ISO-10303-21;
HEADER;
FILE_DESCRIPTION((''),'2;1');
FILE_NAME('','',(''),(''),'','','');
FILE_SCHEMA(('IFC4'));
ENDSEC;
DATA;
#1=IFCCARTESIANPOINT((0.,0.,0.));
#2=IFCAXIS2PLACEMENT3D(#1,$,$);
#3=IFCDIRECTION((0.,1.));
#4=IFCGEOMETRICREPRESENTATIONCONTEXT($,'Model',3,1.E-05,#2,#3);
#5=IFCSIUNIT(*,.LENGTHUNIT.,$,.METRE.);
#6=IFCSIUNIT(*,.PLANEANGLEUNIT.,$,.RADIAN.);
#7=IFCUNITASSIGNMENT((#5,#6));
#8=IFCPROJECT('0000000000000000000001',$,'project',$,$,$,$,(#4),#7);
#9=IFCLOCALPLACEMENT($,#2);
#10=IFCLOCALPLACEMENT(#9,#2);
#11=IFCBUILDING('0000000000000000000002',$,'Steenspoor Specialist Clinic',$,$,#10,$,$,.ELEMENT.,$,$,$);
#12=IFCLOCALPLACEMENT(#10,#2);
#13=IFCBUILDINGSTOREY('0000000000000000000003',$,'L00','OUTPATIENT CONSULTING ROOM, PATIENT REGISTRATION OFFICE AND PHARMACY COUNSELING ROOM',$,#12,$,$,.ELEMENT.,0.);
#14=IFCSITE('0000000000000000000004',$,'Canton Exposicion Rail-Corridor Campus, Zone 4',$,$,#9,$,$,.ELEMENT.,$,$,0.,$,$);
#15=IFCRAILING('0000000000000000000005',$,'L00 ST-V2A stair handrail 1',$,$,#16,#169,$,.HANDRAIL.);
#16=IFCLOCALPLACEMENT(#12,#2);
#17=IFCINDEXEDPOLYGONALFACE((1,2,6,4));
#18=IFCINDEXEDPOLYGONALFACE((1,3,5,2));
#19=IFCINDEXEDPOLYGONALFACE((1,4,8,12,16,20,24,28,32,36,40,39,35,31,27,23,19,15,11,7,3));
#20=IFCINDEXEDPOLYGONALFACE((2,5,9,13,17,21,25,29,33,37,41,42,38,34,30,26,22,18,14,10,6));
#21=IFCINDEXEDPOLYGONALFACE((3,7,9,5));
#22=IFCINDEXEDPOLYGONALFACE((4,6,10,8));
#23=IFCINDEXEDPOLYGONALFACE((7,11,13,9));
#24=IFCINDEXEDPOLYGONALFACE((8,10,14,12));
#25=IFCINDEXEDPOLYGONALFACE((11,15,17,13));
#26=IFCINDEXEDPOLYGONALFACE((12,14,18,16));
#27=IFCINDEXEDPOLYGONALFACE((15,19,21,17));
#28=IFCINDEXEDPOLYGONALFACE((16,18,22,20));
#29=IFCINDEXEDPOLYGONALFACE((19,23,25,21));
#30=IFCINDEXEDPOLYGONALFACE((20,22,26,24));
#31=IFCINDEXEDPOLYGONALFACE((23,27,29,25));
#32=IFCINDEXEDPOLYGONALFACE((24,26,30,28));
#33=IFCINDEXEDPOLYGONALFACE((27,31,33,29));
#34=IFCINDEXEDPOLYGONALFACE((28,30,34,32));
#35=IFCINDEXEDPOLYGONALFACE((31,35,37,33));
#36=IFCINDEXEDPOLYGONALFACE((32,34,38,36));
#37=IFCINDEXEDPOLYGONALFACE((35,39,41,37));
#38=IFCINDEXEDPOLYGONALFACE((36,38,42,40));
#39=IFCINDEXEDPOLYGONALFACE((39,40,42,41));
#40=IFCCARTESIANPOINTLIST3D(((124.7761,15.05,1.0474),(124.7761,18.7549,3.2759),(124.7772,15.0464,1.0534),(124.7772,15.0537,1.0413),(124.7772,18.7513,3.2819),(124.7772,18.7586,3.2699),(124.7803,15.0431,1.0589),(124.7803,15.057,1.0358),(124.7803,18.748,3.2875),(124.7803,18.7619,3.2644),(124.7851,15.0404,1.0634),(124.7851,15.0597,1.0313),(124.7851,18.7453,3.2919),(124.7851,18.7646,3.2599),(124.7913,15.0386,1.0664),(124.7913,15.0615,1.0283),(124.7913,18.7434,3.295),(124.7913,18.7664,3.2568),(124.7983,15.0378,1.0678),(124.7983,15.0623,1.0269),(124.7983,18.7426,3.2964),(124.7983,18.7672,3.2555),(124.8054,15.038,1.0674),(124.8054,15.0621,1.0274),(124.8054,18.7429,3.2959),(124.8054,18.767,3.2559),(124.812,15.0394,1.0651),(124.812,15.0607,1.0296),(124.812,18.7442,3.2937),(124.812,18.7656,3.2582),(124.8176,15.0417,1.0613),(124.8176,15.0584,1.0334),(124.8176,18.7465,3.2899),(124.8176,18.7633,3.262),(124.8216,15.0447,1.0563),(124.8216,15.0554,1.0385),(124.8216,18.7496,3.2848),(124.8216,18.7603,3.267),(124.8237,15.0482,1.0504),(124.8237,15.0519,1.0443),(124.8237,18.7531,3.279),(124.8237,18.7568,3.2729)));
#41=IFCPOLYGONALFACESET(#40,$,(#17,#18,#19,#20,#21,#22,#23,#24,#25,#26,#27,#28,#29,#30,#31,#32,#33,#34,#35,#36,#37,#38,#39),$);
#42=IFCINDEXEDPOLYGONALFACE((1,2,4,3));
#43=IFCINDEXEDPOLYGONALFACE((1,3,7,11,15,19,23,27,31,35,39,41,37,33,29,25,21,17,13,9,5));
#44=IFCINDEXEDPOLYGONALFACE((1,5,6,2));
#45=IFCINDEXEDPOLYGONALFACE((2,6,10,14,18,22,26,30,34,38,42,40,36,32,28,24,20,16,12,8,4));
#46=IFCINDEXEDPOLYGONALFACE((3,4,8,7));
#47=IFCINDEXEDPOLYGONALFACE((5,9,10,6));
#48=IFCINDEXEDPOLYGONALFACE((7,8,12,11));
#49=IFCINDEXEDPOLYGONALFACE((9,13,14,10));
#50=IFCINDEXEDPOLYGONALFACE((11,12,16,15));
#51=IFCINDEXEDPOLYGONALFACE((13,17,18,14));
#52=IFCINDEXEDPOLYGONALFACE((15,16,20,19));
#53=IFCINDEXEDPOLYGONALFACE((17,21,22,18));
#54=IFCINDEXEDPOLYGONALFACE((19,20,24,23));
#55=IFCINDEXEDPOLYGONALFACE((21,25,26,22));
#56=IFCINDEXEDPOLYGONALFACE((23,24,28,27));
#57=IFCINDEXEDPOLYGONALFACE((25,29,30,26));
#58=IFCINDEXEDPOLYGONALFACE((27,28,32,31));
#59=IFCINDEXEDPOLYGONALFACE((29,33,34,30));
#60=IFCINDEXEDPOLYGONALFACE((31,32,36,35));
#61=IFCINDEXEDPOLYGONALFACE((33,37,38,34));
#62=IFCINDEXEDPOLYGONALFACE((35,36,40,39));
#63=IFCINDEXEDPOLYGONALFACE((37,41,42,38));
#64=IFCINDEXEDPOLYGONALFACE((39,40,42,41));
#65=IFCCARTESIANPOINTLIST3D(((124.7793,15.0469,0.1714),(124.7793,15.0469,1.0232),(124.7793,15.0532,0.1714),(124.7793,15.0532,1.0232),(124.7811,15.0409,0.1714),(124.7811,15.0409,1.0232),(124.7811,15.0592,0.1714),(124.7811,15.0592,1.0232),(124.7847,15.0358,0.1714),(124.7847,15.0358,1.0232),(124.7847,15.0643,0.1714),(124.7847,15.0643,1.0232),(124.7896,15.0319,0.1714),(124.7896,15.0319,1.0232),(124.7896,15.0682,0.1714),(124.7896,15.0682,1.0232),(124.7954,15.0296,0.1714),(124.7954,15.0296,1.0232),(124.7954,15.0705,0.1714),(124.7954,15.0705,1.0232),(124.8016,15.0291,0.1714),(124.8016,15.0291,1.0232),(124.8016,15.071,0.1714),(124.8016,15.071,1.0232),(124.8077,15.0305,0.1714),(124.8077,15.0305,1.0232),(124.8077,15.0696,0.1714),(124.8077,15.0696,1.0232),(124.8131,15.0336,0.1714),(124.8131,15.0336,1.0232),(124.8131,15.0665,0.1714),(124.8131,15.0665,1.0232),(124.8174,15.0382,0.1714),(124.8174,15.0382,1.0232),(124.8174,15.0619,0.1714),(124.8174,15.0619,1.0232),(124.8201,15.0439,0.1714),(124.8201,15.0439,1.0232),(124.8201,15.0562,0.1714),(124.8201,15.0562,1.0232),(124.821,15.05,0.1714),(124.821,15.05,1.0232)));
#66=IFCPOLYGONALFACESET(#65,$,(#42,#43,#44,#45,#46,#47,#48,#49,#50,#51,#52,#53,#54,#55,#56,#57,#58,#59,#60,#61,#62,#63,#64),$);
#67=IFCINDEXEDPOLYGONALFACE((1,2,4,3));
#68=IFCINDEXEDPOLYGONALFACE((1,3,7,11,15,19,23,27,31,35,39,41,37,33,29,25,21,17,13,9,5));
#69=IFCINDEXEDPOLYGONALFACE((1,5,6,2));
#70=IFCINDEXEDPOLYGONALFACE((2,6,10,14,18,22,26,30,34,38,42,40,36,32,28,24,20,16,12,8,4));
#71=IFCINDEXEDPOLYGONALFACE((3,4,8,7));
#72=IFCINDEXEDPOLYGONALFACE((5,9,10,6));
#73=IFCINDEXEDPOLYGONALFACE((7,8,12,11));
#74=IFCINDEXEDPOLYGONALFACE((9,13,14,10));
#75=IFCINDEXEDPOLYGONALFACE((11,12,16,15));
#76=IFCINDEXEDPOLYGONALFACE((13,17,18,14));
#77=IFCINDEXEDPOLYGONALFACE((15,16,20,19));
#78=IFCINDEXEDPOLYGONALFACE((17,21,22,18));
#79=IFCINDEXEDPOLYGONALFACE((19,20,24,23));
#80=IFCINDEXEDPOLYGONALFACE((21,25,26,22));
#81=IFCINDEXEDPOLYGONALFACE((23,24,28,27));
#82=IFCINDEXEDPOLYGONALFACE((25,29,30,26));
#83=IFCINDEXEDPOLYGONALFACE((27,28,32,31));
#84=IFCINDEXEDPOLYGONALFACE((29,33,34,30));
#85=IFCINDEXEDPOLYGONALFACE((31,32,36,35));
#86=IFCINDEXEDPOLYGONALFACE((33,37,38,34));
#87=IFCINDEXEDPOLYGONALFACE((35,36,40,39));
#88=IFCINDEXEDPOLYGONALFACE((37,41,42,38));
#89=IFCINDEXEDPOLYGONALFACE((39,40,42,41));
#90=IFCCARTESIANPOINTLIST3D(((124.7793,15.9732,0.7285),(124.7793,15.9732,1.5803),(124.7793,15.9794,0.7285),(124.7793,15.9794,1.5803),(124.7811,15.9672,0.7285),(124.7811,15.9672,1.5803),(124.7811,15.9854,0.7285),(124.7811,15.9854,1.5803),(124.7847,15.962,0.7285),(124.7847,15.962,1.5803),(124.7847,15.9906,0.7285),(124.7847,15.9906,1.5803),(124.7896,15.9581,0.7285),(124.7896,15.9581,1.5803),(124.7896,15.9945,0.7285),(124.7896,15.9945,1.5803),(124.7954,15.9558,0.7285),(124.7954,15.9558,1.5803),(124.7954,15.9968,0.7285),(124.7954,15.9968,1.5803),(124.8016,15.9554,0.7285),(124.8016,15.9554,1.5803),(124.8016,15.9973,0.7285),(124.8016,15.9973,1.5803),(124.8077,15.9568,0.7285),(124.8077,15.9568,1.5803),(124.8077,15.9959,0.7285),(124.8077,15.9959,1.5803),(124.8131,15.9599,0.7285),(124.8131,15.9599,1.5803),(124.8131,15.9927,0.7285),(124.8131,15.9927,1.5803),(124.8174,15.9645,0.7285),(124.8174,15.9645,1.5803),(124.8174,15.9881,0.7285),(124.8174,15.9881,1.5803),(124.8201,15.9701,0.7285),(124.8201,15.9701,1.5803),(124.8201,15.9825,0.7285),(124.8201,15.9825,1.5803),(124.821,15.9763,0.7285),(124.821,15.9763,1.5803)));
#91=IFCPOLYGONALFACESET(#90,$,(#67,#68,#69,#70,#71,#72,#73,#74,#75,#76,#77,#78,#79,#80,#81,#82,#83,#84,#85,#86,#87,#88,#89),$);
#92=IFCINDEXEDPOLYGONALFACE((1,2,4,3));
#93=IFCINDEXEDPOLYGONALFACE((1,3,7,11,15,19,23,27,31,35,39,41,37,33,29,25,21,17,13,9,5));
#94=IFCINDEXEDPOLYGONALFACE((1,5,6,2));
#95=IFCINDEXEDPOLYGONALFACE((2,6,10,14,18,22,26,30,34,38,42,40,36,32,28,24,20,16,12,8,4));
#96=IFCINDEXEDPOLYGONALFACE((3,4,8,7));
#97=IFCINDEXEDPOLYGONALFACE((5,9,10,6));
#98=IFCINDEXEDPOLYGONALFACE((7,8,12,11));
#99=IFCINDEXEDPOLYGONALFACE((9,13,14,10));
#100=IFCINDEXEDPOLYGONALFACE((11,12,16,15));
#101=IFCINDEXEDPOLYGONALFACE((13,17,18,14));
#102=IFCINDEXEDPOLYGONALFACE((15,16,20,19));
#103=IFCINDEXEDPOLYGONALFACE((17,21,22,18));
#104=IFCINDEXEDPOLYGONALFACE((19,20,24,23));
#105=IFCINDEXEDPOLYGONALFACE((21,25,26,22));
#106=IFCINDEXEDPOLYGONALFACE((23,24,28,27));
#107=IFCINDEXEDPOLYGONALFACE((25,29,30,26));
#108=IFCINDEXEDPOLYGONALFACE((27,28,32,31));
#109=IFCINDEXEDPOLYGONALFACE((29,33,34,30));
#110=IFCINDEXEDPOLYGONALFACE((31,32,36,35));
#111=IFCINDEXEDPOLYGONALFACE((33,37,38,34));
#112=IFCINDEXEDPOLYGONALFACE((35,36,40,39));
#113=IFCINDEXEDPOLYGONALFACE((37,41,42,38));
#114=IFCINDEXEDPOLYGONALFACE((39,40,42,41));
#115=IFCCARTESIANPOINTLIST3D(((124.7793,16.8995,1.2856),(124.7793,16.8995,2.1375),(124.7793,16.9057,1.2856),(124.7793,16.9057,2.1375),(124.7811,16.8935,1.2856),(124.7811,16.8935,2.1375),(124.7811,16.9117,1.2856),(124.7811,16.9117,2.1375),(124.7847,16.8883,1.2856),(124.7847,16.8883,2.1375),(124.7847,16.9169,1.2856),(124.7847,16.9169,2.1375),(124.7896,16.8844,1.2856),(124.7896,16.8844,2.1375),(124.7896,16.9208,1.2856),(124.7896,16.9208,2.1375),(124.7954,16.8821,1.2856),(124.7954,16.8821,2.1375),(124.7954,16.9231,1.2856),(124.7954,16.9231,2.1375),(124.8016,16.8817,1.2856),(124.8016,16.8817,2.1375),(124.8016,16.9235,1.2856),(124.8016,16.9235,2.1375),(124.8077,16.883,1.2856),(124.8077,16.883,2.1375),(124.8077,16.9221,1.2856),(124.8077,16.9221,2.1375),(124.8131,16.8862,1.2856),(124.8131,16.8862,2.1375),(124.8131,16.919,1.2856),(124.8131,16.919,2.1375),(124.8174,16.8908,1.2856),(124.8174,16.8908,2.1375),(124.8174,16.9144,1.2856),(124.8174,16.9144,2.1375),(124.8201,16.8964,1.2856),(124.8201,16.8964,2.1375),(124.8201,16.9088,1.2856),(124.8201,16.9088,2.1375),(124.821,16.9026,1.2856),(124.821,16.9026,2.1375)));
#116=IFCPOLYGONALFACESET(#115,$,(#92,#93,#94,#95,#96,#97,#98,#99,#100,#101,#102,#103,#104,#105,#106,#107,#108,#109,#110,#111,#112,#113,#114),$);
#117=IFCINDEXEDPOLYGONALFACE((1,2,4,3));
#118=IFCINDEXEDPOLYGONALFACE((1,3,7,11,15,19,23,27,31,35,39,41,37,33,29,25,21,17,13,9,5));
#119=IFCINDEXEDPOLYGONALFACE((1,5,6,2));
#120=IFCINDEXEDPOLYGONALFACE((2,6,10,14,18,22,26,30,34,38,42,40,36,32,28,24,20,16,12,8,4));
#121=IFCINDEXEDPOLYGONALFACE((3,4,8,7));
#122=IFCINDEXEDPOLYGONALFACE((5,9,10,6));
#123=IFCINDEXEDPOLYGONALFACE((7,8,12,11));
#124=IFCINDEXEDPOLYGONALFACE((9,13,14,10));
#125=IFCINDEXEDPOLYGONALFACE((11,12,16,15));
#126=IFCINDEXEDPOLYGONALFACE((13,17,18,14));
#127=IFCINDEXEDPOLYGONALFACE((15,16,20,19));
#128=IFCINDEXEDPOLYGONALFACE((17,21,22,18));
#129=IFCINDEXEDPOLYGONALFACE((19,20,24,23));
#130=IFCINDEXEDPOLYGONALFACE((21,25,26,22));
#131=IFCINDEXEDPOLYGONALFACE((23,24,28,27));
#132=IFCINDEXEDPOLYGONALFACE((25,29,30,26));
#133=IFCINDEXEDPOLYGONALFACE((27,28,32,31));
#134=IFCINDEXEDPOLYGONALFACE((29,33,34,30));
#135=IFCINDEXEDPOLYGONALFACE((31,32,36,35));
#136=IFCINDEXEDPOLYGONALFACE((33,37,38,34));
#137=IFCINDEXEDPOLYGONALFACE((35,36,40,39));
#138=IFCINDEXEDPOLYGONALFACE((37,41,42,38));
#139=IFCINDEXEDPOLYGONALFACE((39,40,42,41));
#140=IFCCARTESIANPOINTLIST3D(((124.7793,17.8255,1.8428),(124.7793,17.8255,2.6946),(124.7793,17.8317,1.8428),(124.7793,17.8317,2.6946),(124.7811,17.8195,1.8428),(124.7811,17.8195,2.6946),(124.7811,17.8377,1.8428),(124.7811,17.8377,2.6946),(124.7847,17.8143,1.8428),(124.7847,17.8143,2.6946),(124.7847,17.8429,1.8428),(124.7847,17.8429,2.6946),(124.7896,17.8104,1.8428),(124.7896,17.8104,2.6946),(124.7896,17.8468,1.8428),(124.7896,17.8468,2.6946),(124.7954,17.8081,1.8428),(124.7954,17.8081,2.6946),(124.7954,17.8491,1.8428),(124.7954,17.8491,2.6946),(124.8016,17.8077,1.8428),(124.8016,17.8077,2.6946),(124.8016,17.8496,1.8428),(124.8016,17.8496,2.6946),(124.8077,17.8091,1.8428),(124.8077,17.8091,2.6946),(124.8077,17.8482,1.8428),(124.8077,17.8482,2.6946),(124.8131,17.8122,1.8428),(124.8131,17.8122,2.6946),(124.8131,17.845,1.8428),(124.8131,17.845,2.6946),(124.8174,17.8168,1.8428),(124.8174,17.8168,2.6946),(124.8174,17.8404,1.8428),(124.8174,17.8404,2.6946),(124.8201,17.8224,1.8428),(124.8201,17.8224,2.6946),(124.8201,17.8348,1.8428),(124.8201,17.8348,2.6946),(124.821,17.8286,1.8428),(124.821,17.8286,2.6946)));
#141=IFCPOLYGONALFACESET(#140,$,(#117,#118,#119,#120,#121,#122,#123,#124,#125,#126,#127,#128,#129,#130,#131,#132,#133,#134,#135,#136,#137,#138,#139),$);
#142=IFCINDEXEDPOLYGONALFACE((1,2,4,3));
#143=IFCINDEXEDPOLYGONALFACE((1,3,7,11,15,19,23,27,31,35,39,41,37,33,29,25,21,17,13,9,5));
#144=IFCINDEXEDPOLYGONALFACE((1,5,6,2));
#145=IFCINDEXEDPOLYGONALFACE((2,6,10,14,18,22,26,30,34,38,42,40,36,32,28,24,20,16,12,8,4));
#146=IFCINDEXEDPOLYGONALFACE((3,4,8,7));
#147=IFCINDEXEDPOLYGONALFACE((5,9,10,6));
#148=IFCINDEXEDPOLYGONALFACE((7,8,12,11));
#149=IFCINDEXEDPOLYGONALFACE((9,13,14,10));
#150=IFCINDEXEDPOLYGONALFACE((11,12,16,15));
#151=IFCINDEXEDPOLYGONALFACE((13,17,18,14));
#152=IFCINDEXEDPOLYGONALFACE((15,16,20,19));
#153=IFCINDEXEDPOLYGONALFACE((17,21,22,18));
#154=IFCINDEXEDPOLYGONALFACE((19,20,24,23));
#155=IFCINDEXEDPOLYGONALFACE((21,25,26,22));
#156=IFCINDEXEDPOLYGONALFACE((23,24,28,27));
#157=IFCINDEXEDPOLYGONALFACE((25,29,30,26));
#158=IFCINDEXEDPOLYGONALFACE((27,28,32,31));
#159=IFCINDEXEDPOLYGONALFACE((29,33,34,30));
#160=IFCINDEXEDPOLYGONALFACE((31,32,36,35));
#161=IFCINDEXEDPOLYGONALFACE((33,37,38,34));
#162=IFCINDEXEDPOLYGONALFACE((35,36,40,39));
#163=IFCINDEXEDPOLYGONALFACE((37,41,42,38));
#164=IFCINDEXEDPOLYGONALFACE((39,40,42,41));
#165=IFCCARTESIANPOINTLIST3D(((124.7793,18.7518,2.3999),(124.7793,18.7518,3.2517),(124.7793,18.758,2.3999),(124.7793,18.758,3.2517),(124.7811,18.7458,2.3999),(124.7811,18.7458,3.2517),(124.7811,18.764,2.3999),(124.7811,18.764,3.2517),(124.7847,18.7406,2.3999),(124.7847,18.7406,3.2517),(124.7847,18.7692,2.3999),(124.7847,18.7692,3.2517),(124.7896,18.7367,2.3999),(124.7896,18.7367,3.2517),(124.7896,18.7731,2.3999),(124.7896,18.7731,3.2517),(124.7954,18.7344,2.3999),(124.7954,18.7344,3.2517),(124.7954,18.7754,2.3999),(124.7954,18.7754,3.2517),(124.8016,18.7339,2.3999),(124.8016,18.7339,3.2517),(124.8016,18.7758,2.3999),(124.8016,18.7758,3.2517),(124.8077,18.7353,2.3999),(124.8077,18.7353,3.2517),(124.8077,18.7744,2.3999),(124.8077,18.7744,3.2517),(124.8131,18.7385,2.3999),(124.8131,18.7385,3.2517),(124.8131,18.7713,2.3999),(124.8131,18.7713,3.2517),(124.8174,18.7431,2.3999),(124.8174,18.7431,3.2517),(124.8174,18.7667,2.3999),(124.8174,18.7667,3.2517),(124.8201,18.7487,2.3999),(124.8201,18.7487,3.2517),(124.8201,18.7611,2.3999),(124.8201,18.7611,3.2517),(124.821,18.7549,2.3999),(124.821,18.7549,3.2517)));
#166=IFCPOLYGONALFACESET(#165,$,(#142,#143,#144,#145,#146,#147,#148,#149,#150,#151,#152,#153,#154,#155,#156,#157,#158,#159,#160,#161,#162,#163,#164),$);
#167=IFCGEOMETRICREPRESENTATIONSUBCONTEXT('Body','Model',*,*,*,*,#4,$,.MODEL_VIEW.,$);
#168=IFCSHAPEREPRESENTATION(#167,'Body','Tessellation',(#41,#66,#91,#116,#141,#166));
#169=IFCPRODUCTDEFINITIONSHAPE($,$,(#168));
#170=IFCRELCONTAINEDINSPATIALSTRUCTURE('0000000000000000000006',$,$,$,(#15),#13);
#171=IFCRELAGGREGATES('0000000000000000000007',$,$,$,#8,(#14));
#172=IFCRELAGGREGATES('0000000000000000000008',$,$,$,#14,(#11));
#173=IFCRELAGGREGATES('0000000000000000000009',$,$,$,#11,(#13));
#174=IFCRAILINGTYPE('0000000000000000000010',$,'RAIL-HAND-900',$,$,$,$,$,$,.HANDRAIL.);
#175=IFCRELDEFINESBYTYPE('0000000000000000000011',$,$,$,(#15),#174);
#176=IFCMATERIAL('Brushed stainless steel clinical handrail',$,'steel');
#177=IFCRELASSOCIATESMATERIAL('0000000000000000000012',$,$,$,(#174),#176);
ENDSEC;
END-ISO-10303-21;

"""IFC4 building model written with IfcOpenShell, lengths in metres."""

from ifc_helpers import new_model, si_unit, direction, frame, origin, origin_2d, place, context, subcontext, project, spatial, circle, extrude, material, type_object, element, save


model = new_model("IFC4")

# Units and contexts
model_context = context("Model", 3, precision=1e-05, world=origin(), true_north=direction((0.0, 1.0)))
body_context = subcontext(model_context, "Body", "Model", "MODEL_VIEW")
ifc_project = project(units=[si_unit("LENGTHUNIT", "METRE"), si_unit("PLANEANGLEUNIT", "RADIAN")], contexts=[model_context])

# Site, building, storey
site_placement = place(None, origin())
site = spatial("IfcSite", under=ifc_project, at=site_placement, Name="Canton Exposicion Rail-Corridor Campus, Zone 4", CompositionType="ELEMENT", RefElevation=0.0)
building_placement = place(site_placement, origin())
building = spatial("IfcBuilding", under=site, at=building_placement, Name="Steenspoor Specialist Clinic", CompositionType="ELEMENT")
storey_placement = place(building_placement, origin())
storey = spatial("IfcBuildingStorey", under=building, at=storey_placement, Name="L00", Description="OUTPATIENT CONSULTING ROOM, PATIENT REGISTRATION OFFICE AND PHARMACY COUNSELING ROOM", CompositionType="ELEMENT", Elevation=0.0)

# Railing
ifc_material_1 = material(Name="Brushed stainless steel clinical handrail", Category="steel")
railing_type_1 = type_object("IfcRailingType", Name="RAIL-HAND-900", PredefinedType="HANDRAIL", material=ifc_material_1)
railing_1_placement = place(storey_placement, frame((124.8, 15.05, 0.1714)))
element("IfcRailing", 1, at=railing_1_placement, inside=storey, type_object=railing_type_1, Name="L00 ST-V2A stair handrail 1", PredefinedType="HANDRAIL", context=body_context, shape_type="SweptSolid", body=[
    extrude(circle(Radius=0.0239, at=origin_2d()), frame((0.0, 0.0, 0.876), z_axis=(0.0, 0.856919, 0.51545), x_axis=(-1.0, 0.0, 0.0)), (0.0, 0.0, 1.0), 4.3235),
    extrude(circle(Radius=0.021, at=origin_2d()), origin(), (0.0, 0.0, 1.0), 0.8518),
    extrude(circle(Radius=0.021, at=origin_2d()), frame((0.0, 0.9263, 0.5571)), (0.0, 0.0, 1.0), 0.8518),
    extrude(circle(Radius=0.021, at=origin_2d()), frame((0.0, 1.8525, 1.1143)), (0.0, 0.0, 1.0), 0.8518),
    extrude(circle(Radius=0.021, at=origin_2d()), frame((0.0, 2.7786, 1.6714)), (0.0, 0.0, 1.0), 0.8518),
    extrude(circle(Radius=0.021, at=origin_2d()), frame((0.0, 3.7048, 2.2285)), (0.0, 0.0, 1.0), 0.8518),
])

save(model, "model.ifc")
